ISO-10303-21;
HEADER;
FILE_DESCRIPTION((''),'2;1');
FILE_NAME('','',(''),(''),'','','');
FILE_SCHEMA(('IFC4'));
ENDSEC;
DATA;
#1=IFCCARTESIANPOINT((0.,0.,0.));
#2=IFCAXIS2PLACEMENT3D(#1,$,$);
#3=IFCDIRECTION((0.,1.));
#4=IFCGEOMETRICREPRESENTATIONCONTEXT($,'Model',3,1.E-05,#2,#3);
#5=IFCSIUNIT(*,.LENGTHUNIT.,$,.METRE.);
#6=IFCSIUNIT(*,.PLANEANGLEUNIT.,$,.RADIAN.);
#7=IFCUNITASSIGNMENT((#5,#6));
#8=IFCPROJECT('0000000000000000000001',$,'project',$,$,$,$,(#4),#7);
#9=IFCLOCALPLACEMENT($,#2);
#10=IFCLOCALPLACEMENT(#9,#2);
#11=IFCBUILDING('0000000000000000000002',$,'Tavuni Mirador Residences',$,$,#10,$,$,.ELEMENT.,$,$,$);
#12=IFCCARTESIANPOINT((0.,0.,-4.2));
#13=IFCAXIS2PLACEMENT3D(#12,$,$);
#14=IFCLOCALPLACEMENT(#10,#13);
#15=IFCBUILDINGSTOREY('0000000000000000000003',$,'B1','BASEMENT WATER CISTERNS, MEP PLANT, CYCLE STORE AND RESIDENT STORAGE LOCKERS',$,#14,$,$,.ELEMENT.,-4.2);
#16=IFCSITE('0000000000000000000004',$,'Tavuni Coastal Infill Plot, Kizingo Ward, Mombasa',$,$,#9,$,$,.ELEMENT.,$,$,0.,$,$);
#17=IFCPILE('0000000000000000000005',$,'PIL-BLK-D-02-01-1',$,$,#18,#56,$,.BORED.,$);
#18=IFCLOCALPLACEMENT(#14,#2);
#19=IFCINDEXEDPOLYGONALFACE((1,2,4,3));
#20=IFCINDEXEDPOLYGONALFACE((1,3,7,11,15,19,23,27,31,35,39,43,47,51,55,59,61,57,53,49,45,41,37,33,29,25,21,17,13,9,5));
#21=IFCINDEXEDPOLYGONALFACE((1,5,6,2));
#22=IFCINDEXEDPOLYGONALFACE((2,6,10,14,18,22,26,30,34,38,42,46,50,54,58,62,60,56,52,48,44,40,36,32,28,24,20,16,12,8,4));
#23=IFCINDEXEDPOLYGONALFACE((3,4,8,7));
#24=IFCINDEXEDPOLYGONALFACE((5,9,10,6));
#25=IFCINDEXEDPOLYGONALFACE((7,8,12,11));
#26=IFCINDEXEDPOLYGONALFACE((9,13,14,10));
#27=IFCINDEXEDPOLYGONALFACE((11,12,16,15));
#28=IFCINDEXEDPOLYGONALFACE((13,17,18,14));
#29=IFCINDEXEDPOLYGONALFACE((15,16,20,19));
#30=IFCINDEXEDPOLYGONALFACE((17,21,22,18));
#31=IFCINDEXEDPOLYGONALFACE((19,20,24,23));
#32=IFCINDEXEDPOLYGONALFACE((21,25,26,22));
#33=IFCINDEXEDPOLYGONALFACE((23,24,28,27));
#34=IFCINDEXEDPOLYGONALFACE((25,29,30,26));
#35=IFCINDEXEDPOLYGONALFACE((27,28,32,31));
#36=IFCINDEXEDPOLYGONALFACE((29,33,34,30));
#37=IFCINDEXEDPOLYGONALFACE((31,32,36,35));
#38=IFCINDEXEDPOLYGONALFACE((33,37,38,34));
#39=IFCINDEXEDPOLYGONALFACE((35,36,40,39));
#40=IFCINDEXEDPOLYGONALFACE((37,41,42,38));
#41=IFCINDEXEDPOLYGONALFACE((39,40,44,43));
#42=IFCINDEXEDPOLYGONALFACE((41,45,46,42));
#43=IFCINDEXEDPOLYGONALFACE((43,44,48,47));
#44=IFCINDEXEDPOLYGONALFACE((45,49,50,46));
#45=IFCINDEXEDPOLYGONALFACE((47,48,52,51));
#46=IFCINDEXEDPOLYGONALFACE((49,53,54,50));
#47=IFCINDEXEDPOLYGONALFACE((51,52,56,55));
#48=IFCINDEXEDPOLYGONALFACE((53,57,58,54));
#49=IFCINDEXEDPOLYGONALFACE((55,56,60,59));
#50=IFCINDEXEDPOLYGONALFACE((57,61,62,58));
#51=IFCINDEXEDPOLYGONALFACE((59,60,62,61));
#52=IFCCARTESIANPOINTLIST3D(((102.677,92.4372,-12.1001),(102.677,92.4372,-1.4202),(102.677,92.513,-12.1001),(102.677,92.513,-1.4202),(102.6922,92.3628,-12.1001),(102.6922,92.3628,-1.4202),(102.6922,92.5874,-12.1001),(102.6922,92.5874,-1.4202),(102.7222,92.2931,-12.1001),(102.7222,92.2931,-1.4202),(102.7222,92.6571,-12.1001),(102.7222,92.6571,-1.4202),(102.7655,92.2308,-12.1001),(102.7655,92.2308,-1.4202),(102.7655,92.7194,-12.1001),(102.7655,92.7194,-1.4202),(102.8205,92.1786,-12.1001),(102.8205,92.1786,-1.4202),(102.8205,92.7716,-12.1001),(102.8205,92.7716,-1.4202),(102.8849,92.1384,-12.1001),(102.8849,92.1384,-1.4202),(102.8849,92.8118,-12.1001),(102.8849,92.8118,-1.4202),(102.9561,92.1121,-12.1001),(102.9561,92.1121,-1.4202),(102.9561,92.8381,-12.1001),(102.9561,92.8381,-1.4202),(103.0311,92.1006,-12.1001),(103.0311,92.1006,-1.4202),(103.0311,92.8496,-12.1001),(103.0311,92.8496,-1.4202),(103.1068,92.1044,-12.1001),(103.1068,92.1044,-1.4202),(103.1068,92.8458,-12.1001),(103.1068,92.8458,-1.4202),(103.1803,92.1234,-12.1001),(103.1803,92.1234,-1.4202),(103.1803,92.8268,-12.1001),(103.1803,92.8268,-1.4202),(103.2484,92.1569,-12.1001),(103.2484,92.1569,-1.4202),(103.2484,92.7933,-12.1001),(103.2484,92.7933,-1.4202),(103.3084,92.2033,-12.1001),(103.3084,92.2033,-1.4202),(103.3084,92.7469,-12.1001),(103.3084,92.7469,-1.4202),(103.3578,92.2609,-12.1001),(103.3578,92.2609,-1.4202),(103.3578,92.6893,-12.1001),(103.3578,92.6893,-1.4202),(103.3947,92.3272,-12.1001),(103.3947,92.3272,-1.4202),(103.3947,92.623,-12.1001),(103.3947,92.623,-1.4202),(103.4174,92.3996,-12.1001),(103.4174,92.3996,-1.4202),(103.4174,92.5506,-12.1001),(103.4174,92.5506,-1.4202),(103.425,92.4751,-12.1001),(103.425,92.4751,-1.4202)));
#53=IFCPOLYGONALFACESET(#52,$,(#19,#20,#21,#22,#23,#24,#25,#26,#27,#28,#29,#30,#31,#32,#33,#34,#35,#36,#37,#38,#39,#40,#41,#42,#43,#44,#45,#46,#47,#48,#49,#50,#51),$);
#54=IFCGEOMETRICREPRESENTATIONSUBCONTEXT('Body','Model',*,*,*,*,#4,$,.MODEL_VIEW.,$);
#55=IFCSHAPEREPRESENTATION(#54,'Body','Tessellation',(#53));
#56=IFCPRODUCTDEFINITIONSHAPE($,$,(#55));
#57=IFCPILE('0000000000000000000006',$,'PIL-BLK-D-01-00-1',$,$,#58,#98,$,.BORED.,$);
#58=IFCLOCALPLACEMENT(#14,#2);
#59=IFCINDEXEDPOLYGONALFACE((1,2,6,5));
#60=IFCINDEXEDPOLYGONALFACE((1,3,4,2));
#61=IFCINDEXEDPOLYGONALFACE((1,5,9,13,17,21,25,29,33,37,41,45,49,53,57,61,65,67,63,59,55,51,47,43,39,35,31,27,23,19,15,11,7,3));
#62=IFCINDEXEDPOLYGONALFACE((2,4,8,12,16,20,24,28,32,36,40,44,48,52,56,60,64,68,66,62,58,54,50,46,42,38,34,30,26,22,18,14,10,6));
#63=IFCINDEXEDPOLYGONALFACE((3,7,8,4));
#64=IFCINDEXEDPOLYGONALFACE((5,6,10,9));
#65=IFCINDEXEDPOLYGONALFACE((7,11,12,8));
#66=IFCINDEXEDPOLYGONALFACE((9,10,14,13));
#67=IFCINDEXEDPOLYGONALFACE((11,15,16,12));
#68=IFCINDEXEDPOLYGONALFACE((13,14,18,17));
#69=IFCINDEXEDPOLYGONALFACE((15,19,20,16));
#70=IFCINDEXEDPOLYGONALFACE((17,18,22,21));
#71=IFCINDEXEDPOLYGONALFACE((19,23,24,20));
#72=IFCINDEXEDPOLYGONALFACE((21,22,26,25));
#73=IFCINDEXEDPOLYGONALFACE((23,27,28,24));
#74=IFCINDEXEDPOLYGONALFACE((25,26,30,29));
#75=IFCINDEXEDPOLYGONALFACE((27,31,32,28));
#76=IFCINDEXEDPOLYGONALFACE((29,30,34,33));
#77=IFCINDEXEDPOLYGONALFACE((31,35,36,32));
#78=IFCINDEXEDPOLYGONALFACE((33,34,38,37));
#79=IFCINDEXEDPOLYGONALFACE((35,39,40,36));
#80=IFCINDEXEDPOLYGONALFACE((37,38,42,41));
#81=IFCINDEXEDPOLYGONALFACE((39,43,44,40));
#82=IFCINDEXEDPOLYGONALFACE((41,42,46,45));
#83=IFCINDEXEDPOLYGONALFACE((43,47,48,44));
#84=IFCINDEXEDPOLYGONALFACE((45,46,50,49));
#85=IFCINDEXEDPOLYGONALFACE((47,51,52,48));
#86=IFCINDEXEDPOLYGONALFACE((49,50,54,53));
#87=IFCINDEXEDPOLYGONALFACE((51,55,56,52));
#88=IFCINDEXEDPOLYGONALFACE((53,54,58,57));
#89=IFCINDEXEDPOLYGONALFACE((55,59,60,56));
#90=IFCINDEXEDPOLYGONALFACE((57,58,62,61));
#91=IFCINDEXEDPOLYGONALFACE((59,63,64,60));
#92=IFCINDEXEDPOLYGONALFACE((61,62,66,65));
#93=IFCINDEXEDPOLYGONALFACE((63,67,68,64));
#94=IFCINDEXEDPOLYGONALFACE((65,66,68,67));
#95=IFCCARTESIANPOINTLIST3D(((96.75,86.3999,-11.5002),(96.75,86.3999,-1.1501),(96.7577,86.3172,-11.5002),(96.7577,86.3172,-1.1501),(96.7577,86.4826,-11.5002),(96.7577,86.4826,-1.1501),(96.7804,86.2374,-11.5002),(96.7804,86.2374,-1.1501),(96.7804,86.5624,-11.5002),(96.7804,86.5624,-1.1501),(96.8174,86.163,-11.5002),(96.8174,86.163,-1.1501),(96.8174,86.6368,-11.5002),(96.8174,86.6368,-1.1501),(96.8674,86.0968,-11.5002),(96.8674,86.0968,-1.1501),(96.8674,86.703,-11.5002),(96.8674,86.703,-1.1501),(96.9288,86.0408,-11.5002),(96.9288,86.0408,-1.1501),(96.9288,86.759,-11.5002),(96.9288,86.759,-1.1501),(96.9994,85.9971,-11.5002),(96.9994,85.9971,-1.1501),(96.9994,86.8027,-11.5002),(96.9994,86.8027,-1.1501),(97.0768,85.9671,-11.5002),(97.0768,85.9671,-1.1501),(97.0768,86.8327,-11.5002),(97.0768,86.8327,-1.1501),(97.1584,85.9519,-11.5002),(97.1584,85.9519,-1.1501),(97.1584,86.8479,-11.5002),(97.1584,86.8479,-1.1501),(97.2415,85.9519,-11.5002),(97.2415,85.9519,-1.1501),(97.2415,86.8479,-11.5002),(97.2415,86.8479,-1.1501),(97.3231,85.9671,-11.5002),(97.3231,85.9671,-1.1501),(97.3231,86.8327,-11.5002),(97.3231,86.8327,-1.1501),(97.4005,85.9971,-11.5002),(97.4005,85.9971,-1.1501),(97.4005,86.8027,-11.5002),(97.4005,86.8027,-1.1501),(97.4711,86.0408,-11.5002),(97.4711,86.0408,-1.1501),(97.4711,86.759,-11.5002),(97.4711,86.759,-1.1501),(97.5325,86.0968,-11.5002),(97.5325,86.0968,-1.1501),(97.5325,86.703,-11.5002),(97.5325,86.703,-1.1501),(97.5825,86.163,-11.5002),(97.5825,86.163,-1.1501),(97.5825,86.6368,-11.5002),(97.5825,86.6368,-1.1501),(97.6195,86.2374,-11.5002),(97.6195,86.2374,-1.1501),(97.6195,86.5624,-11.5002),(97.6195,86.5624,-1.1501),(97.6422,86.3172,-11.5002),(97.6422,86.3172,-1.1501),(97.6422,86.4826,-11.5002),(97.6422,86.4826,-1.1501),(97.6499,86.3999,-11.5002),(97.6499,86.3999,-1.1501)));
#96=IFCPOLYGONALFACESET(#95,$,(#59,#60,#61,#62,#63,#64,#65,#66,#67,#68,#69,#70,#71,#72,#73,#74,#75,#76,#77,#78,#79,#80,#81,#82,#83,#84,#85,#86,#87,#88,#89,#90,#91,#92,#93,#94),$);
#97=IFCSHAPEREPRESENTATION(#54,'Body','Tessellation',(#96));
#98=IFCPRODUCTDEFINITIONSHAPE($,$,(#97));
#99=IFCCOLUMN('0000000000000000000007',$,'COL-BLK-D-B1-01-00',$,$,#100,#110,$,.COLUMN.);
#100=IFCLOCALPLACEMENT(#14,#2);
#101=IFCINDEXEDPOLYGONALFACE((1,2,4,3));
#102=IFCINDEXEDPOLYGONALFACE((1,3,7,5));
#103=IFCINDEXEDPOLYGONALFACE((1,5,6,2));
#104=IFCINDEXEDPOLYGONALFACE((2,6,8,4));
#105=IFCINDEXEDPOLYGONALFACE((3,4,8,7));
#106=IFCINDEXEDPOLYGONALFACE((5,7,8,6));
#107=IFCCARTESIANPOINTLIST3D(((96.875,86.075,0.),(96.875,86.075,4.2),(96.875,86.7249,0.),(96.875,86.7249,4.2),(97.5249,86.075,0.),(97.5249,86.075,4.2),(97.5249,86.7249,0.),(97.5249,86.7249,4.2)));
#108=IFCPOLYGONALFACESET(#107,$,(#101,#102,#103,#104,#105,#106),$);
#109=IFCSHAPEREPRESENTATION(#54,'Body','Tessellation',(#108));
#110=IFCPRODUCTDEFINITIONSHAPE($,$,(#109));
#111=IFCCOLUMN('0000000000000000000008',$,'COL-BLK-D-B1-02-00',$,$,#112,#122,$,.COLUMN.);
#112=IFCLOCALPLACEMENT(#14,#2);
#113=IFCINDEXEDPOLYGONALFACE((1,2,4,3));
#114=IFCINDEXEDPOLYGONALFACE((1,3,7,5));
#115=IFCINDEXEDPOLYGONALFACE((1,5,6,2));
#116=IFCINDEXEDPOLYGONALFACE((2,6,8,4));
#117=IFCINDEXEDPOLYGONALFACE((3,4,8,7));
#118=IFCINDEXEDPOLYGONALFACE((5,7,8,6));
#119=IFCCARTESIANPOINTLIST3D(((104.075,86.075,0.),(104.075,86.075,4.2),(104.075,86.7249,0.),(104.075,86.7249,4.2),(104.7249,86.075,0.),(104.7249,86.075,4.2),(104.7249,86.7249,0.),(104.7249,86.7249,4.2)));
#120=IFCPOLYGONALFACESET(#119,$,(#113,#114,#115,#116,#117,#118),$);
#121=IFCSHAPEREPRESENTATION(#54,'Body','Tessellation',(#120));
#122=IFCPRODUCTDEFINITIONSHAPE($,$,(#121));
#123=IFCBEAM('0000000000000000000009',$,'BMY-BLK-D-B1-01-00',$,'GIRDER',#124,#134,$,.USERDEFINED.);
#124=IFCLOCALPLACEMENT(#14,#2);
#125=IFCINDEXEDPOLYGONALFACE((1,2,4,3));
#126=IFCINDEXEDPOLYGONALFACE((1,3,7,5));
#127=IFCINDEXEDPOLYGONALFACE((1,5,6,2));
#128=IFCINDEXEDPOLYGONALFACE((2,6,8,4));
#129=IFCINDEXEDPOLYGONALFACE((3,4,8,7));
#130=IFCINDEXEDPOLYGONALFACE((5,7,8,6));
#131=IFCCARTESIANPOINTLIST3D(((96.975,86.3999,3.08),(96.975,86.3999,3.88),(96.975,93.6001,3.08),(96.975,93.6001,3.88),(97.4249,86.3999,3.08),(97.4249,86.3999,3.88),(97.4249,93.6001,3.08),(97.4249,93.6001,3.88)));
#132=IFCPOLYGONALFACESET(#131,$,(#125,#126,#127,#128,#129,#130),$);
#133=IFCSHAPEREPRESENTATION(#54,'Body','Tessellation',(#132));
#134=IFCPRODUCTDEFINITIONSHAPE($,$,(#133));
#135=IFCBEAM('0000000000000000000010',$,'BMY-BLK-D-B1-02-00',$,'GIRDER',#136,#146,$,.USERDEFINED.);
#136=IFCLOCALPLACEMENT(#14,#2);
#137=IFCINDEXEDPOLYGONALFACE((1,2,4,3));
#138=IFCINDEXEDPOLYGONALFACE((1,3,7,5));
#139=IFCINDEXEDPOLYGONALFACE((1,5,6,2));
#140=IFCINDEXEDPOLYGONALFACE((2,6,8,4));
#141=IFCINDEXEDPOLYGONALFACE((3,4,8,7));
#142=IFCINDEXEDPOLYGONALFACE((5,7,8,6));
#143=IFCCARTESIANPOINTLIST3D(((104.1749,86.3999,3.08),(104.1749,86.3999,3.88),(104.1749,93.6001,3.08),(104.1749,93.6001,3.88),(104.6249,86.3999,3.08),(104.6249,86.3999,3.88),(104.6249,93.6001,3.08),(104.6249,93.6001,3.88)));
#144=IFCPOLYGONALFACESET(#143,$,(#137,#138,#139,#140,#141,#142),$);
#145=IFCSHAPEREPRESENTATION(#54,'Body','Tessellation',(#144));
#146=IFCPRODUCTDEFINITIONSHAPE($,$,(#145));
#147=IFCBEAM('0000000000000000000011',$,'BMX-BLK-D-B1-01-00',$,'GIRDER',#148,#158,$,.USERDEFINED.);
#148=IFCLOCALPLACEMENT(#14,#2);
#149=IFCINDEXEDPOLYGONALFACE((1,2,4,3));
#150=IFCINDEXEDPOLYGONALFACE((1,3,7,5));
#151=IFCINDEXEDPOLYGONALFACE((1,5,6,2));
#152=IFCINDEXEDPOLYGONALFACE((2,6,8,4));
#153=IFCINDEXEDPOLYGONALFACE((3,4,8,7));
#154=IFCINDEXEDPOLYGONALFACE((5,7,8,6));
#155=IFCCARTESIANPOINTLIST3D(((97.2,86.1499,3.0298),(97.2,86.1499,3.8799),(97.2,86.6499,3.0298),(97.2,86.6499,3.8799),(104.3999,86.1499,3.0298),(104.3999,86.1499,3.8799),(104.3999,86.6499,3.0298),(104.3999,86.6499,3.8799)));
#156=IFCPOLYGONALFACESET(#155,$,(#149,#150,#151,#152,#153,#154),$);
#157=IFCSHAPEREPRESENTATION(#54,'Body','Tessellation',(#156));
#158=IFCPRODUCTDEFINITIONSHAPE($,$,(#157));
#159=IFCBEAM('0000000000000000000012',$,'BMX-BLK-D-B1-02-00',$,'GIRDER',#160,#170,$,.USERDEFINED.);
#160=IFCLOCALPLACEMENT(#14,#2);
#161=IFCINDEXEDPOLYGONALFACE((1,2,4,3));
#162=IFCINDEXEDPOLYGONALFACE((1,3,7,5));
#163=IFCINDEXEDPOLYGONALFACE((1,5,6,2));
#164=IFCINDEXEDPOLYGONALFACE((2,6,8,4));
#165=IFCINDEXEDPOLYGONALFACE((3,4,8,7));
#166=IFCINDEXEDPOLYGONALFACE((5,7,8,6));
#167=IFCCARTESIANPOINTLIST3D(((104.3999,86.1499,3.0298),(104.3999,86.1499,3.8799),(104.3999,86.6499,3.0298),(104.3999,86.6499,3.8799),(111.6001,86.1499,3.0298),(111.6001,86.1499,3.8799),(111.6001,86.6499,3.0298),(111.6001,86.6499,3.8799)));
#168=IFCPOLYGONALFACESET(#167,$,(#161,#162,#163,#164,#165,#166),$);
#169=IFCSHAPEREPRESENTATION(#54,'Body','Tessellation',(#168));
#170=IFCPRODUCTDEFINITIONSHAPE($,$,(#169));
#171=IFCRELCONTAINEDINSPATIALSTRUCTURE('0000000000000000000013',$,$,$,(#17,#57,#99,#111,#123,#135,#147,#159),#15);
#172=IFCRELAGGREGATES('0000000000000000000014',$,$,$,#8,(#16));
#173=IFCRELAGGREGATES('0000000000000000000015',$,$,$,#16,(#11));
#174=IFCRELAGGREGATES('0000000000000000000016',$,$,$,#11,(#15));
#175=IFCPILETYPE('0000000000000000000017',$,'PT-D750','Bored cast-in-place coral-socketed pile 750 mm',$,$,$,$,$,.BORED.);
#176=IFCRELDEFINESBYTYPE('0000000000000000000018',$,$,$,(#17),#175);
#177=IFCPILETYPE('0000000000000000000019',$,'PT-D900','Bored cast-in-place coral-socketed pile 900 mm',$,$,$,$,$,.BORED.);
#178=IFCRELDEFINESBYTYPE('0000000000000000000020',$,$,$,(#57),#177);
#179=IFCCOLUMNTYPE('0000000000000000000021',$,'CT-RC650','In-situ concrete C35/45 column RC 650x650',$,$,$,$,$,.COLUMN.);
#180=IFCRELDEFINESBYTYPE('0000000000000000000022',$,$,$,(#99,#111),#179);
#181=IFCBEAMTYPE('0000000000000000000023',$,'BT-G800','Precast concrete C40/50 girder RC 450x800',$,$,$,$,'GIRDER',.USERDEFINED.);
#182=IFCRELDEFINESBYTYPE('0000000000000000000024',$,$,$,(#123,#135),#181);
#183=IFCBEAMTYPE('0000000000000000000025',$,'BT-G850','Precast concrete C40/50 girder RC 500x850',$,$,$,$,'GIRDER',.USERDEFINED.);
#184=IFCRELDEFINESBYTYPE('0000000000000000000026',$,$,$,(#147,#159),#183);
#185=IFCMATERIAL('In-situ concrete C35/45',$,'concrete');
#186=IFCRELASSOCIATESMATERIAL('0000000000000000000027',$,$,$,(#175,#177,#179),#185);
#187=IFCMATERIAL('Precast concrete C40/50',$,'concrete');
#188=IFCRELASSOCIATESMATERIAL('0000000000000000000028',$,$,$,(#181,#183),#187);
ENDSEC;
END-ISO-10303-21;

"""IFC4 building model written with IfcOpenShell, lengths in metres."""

from ifc_helpers import new_model, si_unit, direction, frame, origin, origin_2d, place, context, subcontext, project, spatial, rectangle, circle, extrude, material, material_profile, profile_set, type_object, element, save


model = new_model("IFC4")

# Units and contexts
model_context = context("Model", 3, precision=1e-05, world=origin(), true_north=direction((0.0, 1.0)))
body_context = subcontext(model_context, "Body", "Model", "MODEL_VIEW")
ifc_project = project(units=[si_unit("LENGTHUNIT", "METRE"), si_unit("PLANEANGLEUNIT", "RADIAN")], contexts=[model_context])

# Site, building, storey
site_placement = place(None, origin())
site = spatial("IfcSite", under=ifc_project, at=site_placement, Name="Tavuni Coastal Infill Plot, Kizingo Ward, Mombasa", CompositionType="ELEMENT", RefElevation=0.0)
building_placement = place(site_placement, origin())
building = spatial("IfcBuilding", under=site, at=building_placement, Name="Tavuni Mirador Residences", CompositionType="ELEMENT")
storey_placement = place(building_placement, frame((0.0, 0.0, -4.2)))
storey = spatial("IfcBuildingStorey", under=building, at=storey_placement, Name="B1", Description="BASEMENT WATER CISTERNS, MEP PLANT, CYCLE STORE AND RESIDENT STORAGE LOCKERS", CompositionType="ELEMENT", Elevation=-4.2)

# Shared definitions
ifc_material_1 = material(Name="In-situ concrete C35/45", Category="concrete")

# Piles
ifc_material_profile_1 = material_profile(ifc_material_1, circle(Radius=0.375, at=origin_2d()), Name="PILE D750", Category="concrete")
ifc_profile_set_1 = profile_set([ifc_material_profile_1], Name="In-situ concrete C35/45")
pile_type_1 = type_object("IfcPileType", Name="PT-D750", Description="Bored cast-in-place coral-socketed pile 750 mm", PredefinedType="BORED", material=ifc_profile_set_1)
pile_1_placement = place(storey_placement, frame((103.05, 92.4751, -1.4202), z_axis=(0.0, 0.0, -1.0), x_axis=(1.0, 0.0, 0.0)))
element("IfcPile", 1, at=pile_1_placement, inside=storey, type_object=pile_type_1, Name="PIL-BLK-D-02-01-1", PredefinedType="BORED", context=body_context, shape_type="SweptSolid", body=[
    extrude(circle(Radius=0.375, at=origin_2d()), origin(), (0.0, 0.0, 1.0), 10.6799),
])
ifc_material_profile_2 = material_profile(ifc_material_1, circle(Radius=0.45, at=origin_2d()), Name="PILE D900", Category="concrete")
ifc_profile_set_2 = profile_set([ifc_material_profile_2], Name="In-situ concrete C35/45")
pile_type_2 = type_object("IfcPileType", Name="PT-D900", Description="Bored cast-in-place coral-socketed pile 900 mm", PredefinedType="BORED", material=ifc_profile_set_2)
pile_2_placement = place(storey_placement, frame((97.2, 86.3999, -1.1501), z_axis=(0.0, 0.0, -1.0), x_axis=(1.0, 0.0, 0.0)))
element("IfcPile", 2, at=pile_2_placement, inside=storey, type_object=pile_type_2, Name="PIL-BLK-D-01-00-1", PredefinedType="BORED", context=body_context, shape_type="SweptSolid", body=[
    extrude(circle(Radius=0.45, at=origin_2d()), origin(), (0.0, 0.0, 1.0), 10.3501),
])

# Columns
ifc_material_profile_3 = material_profile(ifc_material_1, rectangle(XDim=0.6499, YDim=0.6499, at=origin_2d()), Name="RC 650x650", Category="concrete")
ifc_profile_set_3 = profile_set([ifc_material_profile_3], Name="In-situ concrete C35/45")
column_type = type_object("IfcColumnType", Name="CT-RC650", Description="In-situ concrete C35/45 column RC 650x650", PredefinedType="COLUMN", material=ifc_profile_set_3)
for number, where, z_axis, x_axis, name in (
    (3, (97.2, 86.3999, 0.0), (0.0, 0.0, 1.0), (1.0, 0.0, 0.0), "COL-BLK-D-B1-01-00"),
    (4, (104.3999, 86.3999, 0.0), (0.0, 0.0, 1.0), (1.0, 0.0, 0.0), "COL-BLK-D-B1-02-00"),
):
    element("IfcColumn", number, at=place(storey_placement, frame(where, z_axis=z_axis, x_axis=x_axis)), inside=storey, type_object=column_type, Name=name, PredefinedType="COLUMN", context=body_context, shape_type="SweptSolid", body=[
        extrude(rectangle(XDim=0.6499, YDim=0.6499, at=origin_2d()), origin(), (0.0, 0.0, 1.0), 4.2),
    ])

# Beams
ifc_material_2 = material(Name="Precast concrete C40/50", Category="concrete")
ifc_material_profile_4 = material_profile(ifc_material_2, rectangle(XDim=0.45, YDim=0.8, at=origin_2d()), Name="RC 450x800", Category="concrete")
ifc_profile_set_4 = profile_set([ifc_material_profile_4], Name="Precast concrete C40/50")
beam_type_1 = type_object("IfcBeamType", Name="BT-G800", Description="Precast concrete C40/50 girder RC 450x800", ElementType="GIRDER", PredefinedType="USERDEFINED", material=ifc_profile_set_4)
for number, where, z_axis, x_axis, name in (
    (5, (97.2, 86.3999, 3.48), (0.0, 1.0, 0.0), (-1.0, 0.0, 0.0), "BMY-BLK-D-B1-01-00"),
    (6, (104.3999, 86.3999, 3.48), (0.0, 1.0, 0.0), (-1.0, 0.0, 0.0), "BMY-BLK-D-B1-02-00"),
):
    element("IfcBeam", number, at=place(storey_placement, frame(where, z_axis=z_axis, x_axis=x_axis)), inside=storey, type_object=beam_type_1, Name=name, ObjectType="GIRDER", PredefinedType="USERDEFINED", context=body_context, shape_type="SweptSolid", body=[
        extrude(rectangle(XDim=0.45, YDim=0.8, at=origin_2d()), origin(), (0.0, 0.0, 1.0), 7.2002),
    ])
ifc_material_profile_5 = material_profile(ifc_material_2, rectangle(XDim=0.5, YDim=0.8501, at=origin_2d()), Name="RC 500x850", Category="concrete")
ifc_profile_set_5 = profile_set([ifc_material_profile_5], Name="Precast concrete C40/50")
beam_type_2 = type_object("IfcBeamType", Name="BT-G850", Description="Precast concrete C40/50 girder RC 500x850", ElementType="GIRDER", PredefinedType="USERDEFINED", material=ifc_profile_set_5)
beam_1_placement = place(storey_placement, frame((97.2, 86.3999, 3.4548), z_axis=(1.0, 0.0, 0.0), x_axis=(0.0, 1.0, 0.0)))
element("IfcBeam", 7, at=beam_1_placement, inside=storey, type_object=beam_type_2, Name="BMX-BLK-D-B1-01-00", ObjectType="GIRDER", PredefinedType="USERDEFINED", context=body_context, shape_type="SweptSolid", body=[
    extrude(rectangle(XDim=0.5, YDim=0.8501, at=origin_2d()), origin(), (0.0, 0.0, 1.0), 7.2),
])
beam_2_placement = place(storey_placement, frame((104.3999, 86.3999, 3.4548), z_axis=(1.0, 0.0, 0.0), x_axis=(0.0, 1.0, 0.0)))
element("IfcBeam", 8, at=beam_2_placement, inside=storey, type_object=beam_type_2, Name="BMX-BLK-D-B1-02-00", ObjectType="GIRDER", PredefinedType="USERDEFINED", context=body_context, shape_type="SweptSolid", body=[
    extrude(rectangle(XDim=0.5, YDim=0.8501, at=origin_2d()), origin(), (0.0, 0.0, 1.0), 7.2002),
])

save(model, "model.ifc")
